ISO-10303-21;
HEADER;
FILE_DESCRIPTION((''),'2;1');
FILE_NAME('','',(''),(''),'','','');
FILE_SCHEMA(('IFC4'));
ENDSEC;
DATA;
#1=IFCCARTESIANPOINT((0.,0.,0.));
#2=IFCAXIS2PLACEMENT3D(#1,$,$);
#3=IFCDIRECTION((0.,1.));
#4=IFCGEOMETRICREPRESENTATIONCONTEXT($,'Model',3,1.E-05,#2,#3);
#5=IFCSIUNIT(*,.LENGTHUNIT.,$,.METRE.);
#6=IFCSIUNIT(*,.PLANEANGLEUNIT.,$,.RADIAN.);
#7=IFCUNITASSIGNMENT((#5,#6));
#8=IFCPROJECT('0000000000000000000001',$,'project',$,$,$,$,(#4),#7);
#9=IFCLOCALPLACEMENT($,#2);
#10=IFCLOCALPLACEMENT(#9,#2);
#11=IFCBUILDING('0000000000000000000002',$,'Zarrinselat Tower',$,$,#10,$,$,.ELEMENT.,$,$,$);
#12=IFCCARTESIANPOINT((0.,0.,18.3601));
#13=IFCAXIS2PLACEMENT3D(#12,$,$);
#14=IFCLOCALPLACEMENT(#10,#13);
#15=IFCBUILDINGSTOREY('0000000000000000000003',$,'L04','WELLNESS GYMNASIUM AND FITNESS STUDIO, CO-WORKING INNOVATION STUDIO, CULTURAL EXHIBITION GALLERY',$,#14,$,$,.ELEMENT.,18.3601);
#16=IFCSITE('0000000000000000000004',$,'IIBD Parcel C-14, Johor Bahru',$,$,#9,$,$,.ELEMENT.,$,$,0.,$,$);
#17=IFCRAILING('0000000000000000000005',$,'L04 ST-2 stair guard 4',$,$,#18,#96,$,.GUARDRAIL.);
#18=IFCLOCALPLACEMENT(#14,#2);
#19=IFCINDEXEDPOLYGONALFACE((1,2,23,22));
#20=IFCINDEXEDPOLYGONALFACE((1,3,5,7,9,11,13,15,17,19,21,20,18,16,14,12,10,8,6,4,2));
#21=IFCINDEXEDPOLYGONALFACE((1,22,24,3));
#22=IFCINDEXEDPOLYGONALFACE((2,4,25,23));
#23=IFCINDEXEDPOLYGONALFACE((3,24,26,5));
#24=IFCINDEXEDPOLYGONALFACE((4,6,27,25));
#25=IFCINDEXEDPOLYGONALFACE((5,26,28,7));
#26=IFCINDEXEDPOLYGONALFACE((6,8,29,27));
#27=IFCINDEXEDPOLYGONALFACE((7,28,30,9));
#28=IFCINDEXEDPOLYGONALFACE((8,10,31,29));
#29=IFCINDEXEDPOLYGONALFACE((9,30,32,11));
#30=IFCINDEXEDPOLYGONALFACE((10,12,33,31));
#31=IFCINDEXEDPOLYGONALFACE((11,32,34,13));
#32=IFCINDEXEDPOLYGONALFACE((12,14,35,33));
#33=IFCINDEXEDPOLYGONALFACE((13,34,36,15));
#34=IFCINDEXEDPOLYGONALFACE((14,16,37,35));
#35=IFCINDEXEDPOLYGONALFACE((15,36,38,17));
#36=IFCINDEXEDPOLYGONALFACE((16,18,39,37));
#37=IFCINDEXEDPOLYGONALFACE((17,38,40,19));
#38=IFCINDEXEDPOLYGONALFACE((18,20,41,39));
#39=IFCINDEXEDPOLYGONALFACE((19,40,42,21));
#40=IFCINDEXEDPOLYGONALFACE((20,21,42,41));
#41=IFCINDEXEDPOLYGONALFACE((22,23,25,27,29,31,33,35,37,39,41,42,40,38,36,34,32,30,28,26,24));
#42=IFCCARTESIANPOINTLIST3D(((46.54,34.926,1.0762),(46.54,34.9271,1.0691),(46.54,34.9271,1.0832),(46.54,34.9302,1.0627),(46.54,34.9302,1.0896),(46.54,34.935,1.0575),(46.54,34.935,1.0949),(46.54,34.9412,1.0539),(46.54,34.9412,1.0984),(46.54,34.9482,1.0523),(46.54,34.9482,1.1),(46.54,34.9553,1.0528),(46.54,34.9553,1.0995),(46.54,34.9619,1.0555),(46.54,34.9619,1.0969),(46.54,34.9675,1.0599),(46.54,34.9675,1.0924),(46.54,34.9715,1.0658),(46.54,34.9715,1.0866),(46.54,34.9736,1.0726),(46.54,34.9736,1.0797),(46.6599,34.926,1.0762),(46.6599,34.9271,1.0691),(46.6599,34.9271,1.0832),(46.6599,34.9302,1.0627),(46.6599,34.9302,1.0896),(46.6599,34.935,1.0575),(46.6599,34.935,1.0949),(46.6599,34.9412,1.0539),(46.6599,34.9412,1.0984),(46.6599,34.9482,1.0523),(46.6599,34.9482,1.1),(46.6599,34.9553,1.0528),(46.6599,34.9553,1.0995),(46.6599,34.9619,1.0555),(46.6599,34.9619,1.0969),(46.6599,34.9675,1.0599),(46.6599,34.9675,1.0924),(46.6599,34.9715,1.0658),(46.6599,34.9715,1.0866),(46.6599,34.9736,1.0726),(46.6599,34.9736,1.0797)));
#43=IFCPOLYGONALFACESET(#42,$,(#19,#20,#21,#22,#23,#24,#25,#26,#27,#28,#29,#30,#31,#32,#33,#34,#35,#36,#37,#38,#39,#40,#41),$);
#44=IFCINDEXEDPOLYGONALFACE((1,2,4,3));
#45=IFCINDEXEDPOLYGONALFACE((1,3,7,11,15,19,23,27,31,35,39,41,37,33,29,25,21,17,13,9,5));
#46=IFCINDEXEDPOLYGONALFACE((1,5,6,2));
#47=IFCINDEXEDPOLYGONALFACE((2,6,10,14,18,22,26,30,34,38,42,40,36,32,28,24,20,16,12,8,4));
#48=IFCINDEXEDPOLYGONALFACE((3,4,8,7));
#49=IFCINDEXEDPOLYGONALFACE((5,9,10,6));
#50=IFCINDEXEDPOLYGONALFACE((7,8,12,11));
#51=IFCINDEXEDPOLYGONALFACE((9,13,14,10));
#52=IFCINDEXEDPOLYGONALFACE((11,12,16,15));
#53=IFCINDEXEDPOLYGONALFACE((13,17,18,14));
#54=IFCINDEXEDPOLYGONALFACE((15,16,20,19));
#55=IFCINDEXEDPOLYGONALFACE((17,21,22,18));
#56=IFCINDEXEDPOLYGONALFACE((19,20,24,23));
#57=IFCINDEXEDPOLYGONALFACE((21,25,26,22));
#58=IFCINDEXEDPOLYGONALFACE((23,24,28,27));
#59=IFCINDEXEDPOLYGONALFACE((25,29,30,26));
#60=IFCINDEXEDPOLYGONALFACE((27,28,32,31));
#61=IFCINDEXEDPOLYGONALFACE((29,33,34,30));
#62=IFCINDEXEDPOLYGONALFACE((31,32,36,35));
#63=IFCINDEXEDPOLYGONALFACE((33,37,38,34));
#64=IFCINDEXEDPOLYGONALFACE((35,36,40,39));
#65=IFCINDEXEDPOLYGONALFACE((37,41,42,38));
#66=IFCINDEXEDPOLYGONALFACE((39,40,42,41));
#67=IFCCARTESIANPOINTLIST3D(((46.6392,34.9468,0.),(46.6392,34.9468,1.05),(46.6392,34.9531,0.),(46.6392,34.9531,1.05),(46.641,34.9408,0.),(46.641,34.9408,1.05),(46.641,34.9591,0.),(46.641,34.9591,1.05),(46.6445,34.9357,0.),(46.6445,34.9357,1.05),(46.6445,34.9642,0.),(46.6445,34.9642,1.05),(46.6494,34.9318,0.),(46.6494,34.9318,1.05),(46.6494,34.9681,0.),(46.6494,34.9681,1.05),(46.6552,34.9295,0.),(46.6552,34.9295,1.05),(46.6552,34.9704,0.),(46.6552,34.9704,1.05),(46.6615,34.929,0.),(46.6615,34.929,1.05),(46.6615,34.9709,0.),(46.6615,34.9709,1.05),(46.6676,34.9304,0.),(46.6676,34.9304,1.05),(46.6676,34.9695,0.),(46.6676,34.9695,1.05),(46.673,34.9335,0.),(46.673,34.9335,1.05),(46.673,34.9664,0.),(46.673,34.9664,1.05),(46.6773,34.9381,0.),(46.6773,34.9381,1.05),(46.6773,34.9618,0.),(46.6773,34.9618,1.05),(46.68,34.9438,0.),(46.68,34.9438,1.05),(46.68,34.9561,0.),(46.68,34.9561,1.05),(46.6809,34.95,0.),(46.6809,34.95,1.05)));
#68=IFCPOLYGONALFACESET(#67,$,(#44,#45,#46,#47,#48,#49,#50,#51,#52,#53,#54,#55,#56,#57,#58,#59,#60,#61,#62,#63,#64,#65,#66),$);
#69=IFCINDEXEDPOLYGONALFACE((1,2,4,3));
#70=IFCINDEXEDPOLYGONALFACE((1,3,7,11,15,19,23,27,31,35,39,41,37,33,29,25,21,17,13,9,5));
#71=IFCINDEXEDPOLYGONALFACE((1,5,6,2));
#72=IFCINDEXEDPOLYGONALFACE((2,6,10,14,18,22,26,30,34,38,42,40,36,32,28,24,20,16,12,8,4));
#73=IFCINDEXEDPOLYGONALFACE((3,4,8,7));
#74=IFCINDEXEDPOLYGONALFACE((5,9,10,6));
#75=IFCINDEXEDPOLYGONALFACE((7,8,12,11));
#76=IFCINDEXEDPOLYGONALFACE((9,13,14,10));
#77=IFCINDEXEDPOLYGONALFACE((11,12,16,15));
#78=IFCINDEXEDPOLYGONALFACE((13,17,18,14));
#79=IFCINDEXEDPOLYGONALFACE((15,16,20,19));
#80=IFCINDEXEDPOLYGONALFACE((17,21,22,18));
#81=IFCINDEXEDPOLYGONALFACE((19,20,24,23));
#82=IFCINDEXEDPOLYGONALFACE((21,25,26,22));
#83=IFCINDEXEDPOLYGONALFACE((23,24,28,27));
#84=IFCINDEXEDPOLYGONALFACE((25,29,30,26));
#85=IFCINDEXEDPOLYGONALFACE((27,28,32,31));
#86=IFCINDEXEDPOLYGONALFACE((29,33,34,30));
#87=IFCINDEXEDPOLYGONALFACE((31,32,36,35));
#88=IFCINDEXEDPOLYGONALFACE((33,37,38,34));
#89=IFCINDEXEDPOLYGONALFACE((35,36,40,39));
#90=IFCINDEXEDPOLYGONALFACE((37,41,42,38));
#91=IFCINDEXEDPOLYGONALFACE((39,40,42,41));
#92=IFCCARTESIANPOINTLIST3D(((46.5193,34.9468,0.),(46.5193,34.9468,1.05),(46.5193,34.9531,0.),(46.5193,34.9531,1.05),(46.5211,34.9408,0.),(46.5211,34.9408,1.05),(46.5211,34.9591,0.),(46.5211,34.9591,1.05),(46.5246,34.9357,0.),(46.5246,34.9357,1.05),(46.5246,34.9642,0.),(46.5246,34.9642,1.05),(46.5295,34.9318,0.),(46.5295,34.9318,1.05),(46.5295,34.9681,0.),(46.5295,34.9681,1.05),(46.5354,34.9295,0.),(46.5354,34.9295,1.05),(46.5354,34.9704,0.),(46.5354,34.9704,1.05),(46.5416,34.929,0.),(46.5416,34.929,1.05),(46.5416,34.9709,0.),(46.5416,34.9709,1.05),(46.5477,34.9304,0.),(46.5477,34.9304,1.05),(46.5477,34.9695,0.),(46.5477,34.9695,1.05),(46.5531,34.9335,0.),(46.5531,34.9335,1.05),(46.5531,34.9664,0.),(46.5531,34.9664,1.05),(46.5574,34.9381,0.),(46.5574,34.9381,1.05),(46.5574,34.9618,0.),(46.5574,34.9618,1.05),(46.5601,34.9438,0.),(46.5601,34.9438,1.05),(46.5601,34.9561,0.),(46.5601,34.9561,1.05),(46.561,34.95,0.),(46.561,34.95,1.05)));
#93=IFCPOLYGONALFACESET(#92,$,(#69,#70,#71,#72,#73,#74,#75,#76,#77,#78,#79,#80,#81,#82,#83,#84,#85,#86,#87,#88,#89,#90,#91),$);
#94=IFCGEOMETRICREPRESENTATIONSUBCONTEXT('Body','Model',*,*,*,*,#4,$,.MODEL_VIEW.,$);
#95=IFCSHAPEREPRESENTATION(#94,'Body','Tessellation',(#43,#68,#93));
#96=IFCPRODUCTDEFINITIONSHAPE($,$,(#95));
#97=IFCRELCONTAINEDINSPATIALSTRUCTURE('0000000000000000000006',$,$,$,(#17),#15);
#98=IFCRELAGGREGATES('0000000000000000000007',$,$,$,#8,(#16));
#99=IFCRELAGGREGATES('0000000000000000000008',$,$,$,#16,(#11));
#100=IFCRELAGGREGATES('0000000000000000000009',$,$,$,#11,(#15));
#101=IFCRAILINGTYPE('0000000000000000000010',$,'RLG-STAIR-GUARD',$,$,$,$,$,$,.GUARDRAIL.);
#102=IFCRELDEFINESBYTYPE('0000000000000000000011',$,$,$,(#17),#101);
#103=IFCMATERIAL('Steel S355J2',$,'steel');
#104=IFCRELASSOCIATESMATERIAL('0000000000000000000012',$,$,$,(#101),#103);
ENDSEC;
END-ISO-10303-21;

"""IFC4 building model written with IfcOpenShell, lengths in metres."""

from ifc_helpers import new_model, si_unit, direction, frame, origin, origin_2d, place, context, subcontext, project, spatial, circle, extrude, material, type_object, element, save


model = new_model("IFC4")

# Units and contexts
model_context = context("Model", 3, precision=1e-05, world=origin(), true_north=direction((0.0, 1.0)))
body_context = subcontext(model_context, "Body", "Model", "MODEL_VIEW")
ifc_project = project(units=[si_unit("LENGTHUNIT", "METRE"), si_unit("PLANEANGLEUNIT", "RADIAN")], contexts=[model_context])

# Site, building, storey
site_placement = place(None, origin())
site = spatial("IfcSite", under=ifc_project, at=site_placement, Name="IIBD Parcel C-14, Johor Bahru", CompositionType="ELEMENT", RefElevation=0.0)
building_placement = place(site_placement, origin())
building = spatial("IfcBuilding", under=site, at=building_placement, Name="Zarrinselat Tower", CompositionType="ELEMENT")
storey_placement = place(building_placement, frame((0.0, 0.0, 18.3601)))
storey = spatial("IfcBuildingStorey", under=building, at=storey_placement, Name="L04", Description="WELLNESS GYMNASIUM AND FITNESS STUDIO, CO-WORKING INNOVATION STUDIO, CULTURAL EXHIBITION GALLERY", CompositionType="ELEMENT", Elevation=18.3601)

# Railing
ifc_material_1 = material(Name="Steel S355J2", Category="steel")
railing_type_1 = type_object("IfcRailingType", Name="RLG-STAIR-GUARD", PredefinedType="GUARDRAIL", material=ifc_material_1)
railing_1_placement = place(storey_placement, frame((46.6599, 34.95, 0.0)))
element("IfcRailing", 1, at=railing_1_placement, inside=storey, type_object=railing_type_1, Name="L04 ST-2 stair guard 4", PredefinedType="GUARDRAIL", context=body_context, shape_type="SweptSolid", body=[
    extrude(circle(Radius=0.0239, at=origin_2d()), frame((0.0, 0.0, 1.0762), z_axis=(-1.0, 0.0, 0.0), x_axis=(0.0, -1.0, 0.0)), (0.0, 0.0, 1.0), 0.1199),
    extrude(circle(Radius=0.021, at=origin_2d()), origin(), (0.0, 0.0, 1.0), 1.05),
    extrude(circle(Radius=0.021, at=origin_2d()), frame((-0.1199, 0.0, 0.0)), (0.0, 0.0, 1.0), 1.05),
])

save(model, "model.ifc")
